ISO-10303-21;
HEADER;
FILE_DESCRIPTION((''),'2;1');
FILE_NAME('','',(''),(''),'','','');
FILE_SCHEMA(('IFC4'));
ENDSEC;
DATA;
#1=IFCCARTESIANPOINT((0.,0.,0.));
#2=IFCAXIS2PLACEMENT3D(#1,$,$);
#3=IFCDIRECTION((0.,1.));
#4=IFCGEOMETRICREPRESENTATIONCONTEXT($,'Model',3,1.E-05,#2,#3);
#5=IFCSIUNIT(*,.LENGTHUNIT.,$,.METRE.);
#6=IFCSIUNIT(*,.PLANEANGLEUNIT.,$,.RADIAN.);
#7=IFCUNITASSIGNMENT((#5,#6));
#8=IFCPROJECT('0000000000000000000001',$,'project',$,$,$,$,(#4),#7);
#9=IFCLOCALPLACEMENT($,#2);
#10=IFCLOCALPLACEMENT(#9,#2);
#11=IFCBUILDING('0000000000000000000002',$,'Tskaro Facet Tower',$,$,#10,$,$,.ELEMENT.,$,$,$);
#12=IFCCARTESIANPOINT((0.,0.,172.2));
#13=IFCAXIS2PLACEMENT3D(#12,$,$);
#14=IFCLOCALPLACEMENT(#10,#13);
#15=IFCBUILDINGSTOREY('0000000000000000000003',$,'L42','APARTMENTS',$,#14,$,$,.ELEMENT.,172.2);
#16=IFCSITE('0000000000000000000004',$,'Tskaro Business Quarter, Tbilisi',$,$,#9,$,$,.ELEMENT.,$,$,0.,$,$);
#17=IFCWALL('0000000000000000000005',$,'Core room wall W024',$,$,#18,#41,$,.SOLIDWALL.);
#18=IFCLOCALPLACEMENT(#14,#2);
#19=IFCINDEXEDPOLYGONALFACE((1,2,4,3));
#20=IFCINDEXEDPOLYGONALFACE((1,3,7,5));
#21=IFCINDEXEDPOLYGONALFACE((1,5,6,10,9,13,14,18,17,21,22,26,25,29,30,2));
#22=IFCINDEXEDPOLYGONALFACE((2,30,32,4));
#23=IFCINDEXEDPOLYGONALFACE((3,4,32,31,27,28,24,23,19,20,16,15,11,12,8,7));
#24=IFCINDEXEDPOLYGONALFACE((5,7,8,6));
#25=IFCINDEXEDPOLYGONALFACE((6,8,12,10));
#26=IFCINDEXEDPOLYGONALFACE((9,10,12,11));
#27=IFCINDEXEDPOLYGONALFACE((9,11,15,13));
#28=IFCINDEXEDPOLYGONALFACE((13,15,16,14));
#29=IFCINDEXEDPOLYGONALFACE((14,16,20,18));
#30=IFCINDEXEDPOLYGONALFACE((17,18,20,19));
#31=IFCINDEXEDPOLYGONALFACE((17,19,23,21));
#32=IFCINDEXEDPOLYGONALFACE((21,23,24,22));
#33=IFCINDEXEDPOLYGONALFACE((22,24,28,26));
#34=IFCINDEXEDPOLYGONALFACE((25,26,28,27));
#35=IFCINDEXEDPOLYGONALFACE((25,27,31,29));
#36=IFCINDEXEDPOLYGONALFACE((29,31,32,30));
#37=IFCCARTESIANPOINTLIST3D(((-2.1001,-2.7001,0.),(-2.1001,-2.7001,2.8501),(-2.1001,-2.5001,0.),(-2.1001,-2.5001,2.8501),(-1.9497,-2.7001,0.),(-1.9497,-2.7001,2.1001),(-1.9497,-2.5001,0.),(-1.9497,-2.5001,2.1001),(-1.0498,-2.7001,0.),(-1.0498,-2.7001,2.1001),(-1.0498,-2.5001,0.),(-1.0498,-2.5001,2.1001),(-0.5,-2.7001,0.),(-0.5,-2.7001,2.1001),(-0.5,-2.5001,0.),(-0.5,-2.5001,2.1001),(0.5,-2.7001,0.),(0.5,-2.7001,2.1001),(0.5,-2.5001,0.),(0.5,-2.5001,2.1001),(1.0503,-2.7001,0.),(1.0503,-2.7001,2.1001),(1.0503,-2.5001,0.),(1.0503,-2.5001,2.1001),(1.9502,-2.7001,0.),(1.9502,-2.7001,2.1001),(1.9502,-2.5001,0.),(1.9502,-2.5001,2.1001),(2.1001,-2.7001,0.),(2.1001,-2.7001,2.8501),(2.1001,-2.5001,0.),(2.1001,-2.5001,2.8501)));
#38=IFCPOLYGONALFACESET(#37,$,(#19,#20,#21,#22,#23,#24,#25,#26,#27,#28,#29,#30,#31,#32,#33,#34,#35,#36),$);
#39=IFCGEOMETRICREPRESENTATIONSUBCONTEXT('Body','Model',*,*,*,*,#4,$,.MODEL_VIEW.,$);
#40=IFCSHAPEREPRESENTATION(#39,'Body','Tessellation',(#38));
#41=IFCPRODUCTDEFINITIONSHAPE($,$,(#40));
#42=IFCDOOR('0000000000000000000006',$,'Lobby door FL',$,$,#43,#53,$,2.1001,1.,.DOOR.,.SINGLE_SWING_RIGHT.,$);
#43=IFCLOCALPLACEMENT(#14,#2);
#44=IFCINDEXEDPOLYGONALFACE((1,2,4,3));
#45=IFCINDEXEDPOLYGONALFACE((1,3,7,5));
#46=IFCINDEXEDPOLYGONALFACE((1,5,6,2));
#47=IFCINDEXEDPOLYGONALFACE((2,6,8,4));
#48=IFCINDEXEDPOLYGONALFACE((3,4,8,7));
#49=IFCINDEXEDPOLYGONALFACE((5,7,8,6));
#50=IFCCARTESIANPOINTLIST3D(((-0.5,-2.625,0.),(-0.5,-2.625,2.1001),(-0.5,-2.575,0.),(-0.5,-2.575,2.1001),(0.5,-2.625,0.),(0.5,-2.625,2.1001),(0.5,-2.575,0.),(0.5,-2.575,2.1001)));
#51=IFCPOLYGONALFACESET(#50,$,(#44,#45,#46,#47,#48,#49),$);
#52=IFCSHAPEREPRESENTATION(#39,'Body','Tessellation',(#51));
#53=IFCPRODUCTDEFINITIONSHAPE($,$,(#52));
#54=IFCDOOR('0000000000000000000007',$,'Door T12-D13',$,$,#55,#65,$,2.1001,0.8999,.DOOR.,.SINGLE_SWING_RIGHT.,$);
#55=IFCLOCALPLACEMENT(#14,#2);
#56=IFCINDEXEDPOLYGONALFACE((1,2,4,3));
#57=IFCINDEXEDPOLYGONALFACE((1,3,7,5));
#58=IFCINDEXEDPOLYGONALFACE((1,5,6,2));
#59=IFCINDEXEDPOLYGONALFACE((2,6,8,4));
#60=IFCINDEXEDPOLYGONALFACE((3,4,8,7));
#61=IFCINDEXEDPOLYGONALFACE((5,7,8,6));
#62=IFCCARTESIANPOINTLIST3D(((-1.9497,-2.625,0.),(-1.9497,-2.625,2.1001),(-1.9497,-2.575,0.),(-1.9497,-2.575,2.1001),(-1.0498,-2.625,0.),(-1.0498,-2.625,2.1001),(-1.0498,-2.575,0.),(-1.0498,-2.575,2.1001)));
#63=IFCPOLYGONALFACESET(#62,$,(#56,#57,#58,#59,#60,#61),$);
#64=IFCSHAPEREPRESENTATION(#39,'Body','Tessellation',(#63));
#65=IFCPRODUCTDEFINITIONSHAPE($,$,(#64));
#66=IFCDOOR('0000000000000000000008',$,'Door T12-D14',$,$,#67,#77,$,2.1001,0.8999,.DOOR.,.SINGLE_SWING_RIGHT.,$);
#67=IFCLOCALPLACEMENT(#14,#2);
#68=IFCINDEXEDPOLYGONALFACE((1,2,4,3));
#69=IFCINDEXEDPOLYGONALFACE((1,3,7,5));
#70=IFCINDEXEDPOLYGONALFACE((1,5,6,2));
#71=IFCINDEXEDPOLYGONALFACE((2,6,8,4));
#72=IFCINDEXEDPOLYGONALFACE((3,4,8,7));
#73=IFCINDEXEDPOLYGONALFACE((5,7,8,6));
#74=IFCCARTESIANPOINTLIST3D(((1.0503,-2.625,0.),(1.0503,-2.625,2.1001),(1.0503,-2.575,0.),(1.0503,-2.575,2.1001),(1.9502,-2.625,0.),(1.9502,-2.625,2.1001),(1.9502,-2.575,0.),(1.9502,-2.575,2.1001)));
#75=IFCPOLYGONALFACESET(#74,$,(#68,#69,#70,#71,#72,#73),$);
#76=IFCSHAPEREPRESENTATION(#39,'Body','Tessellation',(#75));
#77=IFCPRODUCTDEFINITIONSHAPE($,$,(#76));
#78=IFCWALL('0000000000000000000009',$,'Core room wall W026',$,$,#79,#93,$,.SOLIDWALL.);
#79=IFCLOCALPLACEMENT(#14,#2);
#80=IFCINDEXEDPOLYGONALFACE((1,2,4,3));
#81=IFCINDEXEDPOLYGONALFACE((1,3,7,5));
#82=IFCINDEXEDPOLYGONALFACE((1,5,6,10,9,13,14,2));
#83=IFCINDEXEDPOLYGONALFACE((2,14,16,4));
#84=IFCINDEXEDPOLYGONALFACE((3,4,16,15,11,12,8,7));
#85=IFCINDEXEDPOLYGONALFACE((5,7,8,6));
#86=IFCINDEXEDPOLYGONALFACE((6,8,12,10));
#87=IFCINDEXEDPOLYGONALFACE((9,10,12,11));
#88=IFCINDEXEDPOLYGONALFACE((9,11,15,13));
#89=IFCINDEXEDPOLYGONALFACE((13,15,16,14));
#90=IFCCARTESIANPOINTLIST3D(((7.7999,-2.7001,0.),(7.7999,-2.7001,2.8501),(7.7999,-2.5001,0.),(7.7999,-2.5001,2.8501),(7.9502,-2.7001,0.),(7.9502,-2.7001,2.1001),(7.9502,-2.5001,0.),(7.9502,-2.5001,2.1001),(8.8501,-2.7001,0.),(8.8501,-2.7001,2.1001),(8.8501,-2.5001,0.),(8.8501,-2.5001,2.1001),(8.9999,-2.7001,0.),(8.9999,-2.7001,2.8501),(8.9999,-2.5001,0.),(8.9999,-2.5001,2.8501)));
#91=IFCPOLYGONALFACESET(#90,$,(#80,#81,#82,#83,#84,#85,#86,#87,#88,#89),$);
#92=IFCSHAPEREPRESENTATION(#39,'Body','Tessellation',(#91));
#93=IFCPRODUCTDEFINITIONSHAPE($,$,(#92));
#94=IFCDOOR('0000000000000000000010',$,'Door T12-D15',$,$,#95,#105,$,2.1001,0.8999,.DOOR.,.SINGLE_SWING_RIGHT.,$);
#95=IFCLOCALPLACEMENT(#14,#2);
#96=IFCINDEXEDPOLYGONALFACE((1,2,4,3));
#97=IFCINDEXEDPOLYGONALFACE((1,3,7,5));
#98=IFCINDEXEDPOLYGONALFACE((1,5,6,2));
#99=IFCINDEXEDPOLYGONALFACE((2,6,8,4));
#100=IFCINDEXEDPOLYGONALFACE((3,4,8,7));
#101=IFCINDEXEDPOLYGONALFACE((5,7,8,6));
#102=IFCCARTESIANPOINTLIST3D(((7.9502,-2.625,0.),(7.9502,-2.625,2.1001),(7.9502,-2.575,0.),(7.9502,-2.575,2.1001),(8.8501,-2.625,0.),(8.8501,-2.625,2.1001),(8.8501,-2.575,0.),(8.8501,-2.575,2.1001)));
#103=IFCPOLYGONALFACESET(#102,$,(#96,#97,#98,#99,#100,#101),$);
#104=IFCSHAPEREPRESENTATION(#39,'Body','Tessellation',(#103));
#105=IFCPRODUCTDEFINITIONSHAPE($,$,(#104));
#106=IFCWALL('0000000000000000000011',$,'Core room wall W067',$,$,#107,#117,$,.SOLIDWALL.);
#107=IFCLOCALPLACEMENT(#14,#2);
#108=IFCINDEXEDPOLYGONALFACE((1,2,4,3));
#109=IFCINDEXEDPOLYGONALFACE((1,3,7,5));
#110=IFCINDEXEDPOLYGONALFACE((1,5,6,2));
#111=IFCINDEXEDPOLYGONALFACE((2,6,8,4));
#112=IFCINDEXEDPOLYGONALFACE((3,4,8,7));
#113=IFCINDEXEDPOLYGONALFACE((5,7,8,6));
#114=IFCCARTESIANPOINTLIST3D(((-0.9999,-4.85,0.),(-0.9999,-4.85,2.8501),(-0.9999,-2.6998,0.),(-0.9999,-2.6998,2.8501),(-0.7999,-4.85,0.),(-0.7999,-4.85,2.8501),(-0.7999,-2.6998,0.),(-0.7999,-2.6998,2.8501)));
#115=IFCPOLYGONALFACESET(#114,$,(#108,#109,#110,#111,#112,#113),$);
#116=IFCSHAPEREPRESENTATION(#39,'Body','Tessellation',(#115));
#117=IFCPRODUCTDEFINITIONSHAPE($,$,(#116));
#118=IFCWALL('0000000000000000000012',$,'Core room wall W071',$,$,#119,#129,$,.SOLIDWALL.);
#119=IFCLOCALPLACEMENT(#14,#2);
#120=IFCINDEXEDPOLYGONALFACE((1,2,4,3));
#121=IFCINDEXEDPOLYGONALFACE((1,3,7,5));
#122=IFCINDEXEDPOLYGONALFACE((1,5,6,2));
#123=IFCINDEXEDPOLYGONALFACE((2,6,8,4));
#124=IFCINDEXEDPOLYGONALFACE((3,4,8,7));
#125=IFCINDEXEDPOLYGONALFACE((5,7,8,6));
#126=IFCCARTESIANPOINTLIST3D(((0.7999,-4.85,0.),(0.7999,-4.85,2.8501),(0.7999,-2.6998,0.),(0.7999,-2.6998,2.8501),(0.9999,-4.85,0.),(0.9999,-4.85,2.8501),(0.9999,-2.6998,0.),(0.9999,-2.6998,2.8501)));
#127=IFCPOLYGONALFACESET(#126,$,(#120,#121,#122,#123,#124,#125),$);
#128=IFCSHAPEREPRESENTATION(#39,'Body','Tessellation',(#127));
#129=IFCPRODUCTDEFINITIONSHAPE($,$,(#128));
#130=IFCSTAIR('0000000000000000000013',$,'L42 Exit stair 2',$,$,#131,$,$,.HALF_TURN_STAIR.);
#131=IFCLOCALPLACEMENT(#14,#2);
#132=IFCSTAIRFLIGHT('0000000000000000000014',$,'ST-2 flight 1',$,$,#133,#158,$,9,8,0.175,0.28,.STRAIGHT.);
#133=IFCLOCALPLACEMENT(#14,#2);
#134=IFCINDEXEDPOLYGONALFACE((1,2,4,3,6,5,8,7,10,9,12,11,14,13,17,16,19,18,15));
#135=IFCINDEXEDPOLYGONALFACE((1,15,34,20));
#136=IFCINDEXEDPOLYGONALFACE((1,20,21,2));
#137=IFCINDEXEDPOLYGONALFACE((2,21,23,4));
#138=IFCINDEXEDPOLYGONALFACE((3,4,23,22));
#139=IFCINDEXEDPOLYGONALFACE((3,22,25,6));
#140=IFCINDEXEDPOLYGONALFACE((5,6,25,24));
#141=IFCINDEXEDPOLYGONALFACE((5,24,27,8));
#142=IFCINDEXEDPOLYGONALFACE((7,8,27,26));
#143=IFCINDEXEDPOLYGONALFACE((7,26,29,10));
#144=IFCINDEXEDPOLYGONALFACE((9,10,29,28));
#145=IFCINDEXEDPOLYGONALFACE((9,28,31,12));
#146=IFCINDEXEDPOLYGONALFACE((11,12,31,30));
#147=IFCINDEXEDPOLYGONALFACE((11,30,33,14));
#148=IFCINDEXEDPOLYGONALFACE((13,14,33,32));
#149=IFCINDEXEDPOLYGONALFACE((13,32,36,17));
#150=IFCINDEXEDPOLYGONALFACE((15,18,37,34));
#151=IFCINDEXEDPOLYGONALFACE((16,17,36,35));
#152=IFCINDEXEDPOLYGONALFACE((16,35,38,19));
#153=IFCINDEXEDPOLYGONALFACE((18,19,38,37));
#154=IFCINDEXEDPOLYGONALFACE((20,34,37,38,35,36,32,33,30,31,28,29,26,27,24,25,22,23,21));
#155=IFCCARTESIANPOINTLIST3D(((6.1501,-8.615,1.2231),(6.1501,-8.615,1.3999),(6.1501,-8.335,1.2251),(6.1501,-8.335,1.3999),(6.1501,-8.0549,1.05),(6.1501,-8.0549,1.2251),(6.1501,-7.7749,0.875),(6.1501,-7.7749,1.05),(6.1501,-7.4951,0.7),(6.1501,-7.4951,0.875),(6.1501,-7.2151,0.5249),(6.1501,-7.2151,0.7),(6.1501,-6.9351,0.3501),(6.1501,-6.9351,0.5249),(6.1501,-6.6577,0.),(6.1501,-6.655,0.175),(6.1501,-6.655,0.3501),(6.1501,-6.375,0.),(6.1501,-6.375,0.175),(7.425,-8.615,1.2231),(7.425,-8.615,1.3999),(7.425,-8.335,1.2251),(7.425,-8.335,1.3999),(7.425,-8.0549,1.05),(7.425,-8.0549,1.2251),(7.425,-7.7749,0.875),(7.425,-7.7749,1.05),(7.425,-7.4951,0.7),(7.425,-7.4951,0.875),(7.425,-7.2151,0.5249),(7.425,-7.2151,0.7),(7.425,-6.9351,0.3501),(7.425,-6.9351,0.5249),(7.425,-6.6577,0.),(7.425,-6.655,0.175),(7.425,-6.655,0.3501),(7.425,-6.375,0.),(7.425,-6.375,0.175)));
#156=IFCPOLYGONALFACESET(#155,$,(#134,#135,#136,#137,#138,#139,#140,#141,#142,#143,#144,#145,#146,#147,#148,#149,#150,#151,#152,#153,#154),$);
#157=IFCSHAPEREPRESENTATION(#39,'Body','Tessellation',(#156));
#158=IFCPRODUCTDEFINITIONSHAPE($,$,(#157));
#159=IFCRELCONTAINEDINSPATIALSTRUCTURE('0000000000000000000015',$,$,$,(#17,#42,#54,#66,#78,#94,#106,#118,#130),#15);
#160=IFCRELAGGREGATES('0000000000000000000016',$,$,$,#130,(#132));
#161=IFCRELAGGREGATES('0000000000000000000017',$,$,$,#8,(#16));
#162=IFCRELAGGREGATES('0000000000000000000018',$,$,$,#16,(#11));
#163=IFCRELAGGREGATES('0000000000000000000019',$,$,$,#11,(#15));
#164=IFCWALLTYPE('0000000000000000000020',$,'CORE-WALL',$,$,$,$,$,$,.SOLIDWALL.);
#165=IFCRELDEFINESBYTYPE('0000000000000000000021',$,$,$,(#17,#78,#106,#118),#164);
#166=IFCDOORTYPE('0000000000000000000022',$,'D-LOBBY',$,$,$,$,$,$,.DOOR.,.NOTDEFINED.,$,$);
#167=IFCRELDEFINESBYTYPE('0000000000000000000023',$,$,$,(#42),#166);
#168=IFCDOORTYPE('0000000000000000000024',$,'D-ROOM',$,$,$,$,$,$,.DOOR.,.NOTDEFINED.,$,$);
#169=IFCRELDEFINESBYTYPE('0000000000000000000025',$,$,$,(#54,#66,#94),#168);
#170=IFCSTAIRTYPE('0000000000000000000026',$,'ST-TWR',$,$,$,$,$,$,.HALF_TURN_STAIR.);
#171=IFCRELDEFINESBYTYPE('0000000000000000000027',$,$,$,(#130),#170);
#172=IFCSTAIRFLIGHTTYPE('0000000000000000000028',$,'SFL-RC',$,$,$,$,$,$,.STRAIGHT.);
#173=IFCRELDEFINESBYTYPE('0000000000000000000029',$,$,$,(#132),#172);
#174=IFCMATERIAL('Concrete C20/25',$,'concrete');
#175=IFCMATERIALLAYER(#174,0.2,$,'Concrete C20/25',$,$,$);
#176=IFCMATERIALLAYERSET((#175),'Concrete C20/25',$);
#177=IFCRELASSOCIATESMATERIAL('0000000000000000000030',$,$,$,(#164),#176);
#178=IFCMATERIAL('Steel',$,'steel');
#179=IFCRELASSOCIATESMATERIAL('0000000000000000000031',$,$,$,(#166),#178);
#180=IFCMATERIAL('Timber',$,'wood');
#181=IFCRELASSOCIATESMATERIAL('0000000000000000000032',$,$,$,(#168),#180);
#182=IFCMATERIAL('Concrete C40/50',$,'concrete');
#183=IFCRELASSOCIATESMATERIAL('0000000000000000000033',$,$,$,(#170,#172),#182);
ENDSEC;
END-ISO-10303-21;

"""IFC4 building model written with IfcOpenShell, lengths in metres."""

from ifc_helpers import new_model, si_unit, direction, frame, frame_2d, origin, place, context, subcontext, project, spatial, polyline, rectangle, outline, extrude, material, layer, layer_set, type_object, element, fill, aggregate, save


model = new_model("IFC4")

# Units and contexts
model_context = context("Model", 3, precision=1e-05, world=origin(), true_north=direction((0.0, 1.0)))
body_context = subcontext(model_context, "Body", "Model", "MODEL_VIEW")
ifc_project = project(units=[si_unit("LENGTHUNIT", "METRE"), si_unit("PLANEANGLEUNIT", "RADIAN")], contexts=[model_context])

# Site, building, storey
site_placement = place(None, origin())
site = spatial("IfcSite", under=ifc_project, at=site_placement, Name="Tskaro Business Quarter, Tbilisi", CompositionType="ELEMENT", RefElevation=0.0)
building_placement = place(site_placement, origin())
building = spatial("IfcBuilding", under=site, at=building_placement, Name="Tskaro Facet Tower", CompositionType="ELEMENT")
storey_placement = place(building_placement, frame((0.0, 0.0, 172.2)))
storey = spatial("IfcBuildingStorey", under=building, at=storey_placement, Name="L42", Description="APARTMENTS", CompositionType="ELEMENT", Elevation=172.2)

# Shared definitions
ifc_material_1 = material(Name="Steel", Category="steel")

# Shared definitions
ifc_material_2 = material(Name="Concrete C20/25", Category="concrete")
ifc_layer_1 = layer(ifc_material_2, 0.2, Name="Concrete C20/25")
ifc_layer_set_1 = layer_set([ifc_layer_1], Name="Concrete C20/25")
wall_type_1 = type_object("IfcWallType", Name="CORE-WALL", PredefinedType="SOLIDWALL", material=ifc_layer_set_1)

# Wall, openings, doors
wall_1_placement = place(storey_placement, frame((2.1001, -2.6001, 0.0), z_axis=(0.0, 0.0, 1.0), x_axis=(-1.0, 0.0, 0.0)))
wall_1 = element("IfcWall", 1, at=wall_1_placement, inside=storey, type_object=wall_type_1, Name="Core room wall W024", PredefinedType="SOLIDWALL", context=body_context, shape_type="SweptSolid", body=[
    extrude(rectangle(XDim=4.2002, YDim=0.2, at=frame_2d((2.1001, 0.0))), origin(), (0.0, 0.0, 1.0), 2.8501),
])
opening_1_placement = place(wall_1_placement, frame((1.6001, 0.0, 0.0)))
opening_1 = element("IfcOpeningElement", 2, at=opening_1_placement, cuts=wall_1, PredefinedType="OPENING", context=body_context, shape_type="SweptSolid", body=[
    extrude(rectangle(XDim=1.0, YDim=2.1001, at=frame_2d((0.5, 1.05))), frame((0.0, 0.1099, 0.0), z_axis=(0.0, -1.0, 0.0), x_axis=(1.0, 0.0, 0.0)), (0.0, 0.0, 1.0), 0.22),
])
opening_2_placement = place(wall_1_placement, frame((3.1499, 0.0, 0.0)))
opening_2 = element("IfcOpeningElement", 3, at=opening_2_placement, cuts=wall_1, PredefinedType="OPENING", context=body_context, shape_type="SweptSolid", body=[
    extrude(rectangle(XDim=0.8999, YDim=2.1001, at=frame_2d((0.45, 1.05))), frame((0.0, 0.1099, 0.0), z_axis=(0.0, -1.0, 0.0), x_axis=(1.0, 0.0, 0.0)), (0.0, 0.0, 1.0), 0.22),
])
opening_3_placement = place(wall_1_placement, frame((0.1499, 0.0, 0.0)))
opening_3 = element("IfcOpeningElement", 4, at=opening_3_placement, cuts=wall_1, PredefinedType="OPENING", context=body_context, shape_type="SweptSolid", body=[
    extrude(rectangle(XDim=0.8999, YDim=2.1001, at=frame_2d((0.45, 1.05))), frame((0.0, 0.1099, 0.0), z_axis=(0.0, -1.0, 0.0), x_axis=(1.0, 0.0, 0.0)), (0.0, 0.0, 1.0), 0.22),
])
door_type_1 = type_object("IfcDoorType", Name="D-LOBBY", OperationType="NOTDEFINED", PredefinedType="DOOR", material=ifc_material_1)
door_1_placement = place(opening_1_placement, origin())
door_1 = element("IfcDoor", 5, at=door_1_placement, inside=storey, type_object=door_type_1, Name="Lobby door FL", OperationType="SINGLE_SWING_RIGHT", OverallHeight=2.1001, OverallWidth=1.0, PredefinedType="DOOR", context=body_context, shape_type="SweptSolid", body=[
    extrude(rectangle(XDim=1.0, YDim=2.1001, at=frame_2d((0.5, 1.05))), frame((0.0, 0.0249, 0.0), z_axis=(0.0, -1.0, 0.0), x_axis=(1.0, 0.0, 0.0)), (0.0, 0.0, 1.0), 0.05),
])
fill(opening_1, door_1)
ifc_material_3 = material(Name="Timber", Category="wood")
door_type_2 = type_object("IfcDoorType", Name="D-ROOM", OperationType="NOTDEFINED", PredefinedType="DOOR", material=ifc_material_3)
door_2_placement = place(opening_2_placement, origin())
door_2 = element("IfcDoor", 6, at=door_2_placement, inside=storey, type_object=door_type_2, Name="Door T12-D13", OperationType="SINGLE_SWING_RIGHT", OverallHeight=2.1001, OverallWidth=0.8999, PredefinedType="DOOR", context=body_context, shape_type="SweptSolid", body=[
    extrude(rectangle(XDim=0.8999, YDim=2.1001, at=frame_2d((0.45, 1.05))), frame((0.0, 0.0249, 0.0), z_axis=(0.0, -1.0, 0.0), x_axis=(1.0, 0.0, 0.0)), (0.0, 0.0, 1.0), 0.05),
])
fill(opening_2, door_2)
door_3_placement = place(opening_3_placement, origin())
door_3 = element("IfcDoor", 7, at=door_3_placement, inside=storey, type_object=door_type_2, Name="Door T12-D14", OperationType="SINGLE_SWING_RIGHT", OverallHeight=2.1001, OverallWidth=0.8999, PredefinedType="DOOR", context=body_context, shape_type="SweptSolid", body=[
    extrude(rectangle(XDim=0.8999, YDim=2.1001, at=frame_2d((0.45, 1.05))), frame((0.0, 0.0249, 0.0), z_axis=(0.0, -1.0, 0.0), x_axis=(1.0, 0.0, 0.0)), (0.0, 0.0, 1.0), 0.05),
])
fill(opening_3, door_3)

# Wall, opening, door
wall_2_placement = place(storey_placement, frame((9.0, -2.6001, 0.0), z_axis=(0.0, 0.0, 1.0), x_axis=(-1.0, 0.0, 0.0)))
wall_2 = element("IfcWall", 8, at=wall_2_placement, inside=storey, type_object=wall_type_1, Name="Core room wall W026", PredefinedType="SOLIDWALL", context=body_context, shape_type="SweptSolid", body=[
    extrude(rectangle(XDim=1.2, YDim=0.2, at=frame_2d((0.6001, 0.0))), origin(), (0.0, 0.0, 1.0), 2.8501),
])
opening_4_placement = place(wall_2_placement, frame((0.1499, 0.0, 0.0)))
opening_4 = element("IfcOpeningElement", 9, at=opening_4_placement, cuts=wall_2, PredefinedType="OPENING", context=body_context, shape_type="SweptSolid", body=[
    extrude(rectangle(XDim=0.8999, YDim=2.1001, at=frame_2d((0.45, 1.05))), frame((0.0, 0.1099, 0.0), z_axis=(0.0, -1.0, 0.0), x_axis=(1.0, 0.0, 0.0)), (0.0, 0.0, 1.0), 0.22),
])
door_4_placement = place(opening_4_placement, origin())
door_4 = element("IfcDoor", 10, at=door_4_placement, inside=storey, type_object=door_type_2, Name="Door T12-D15", OperationType="SINGLE_SWING_RIGHT", OverallHeight=2.1001, OverallWidth=0.8999, PredefinedType="DOOR", context=body_context, shape_type="SweptSolid", body=[
    extrude(rectangle(XDim=0.8999, YDim=2.1001, at=frame_2d((0.45, 1.05))), frame((0.0, 0.0249, 0.0), z_axis=(0.0, -1.0, 0.0), x_axis=(1.0, 0.0, 0.0)), (0.0, 0.0, 1.0), 0.05),
])
fill(opening_4, door_4)

# Walls
for number, where, z_axis, x_axis, name in (
    (11, (-0.8999, -4.8501, 0.0), (0.0, 0.0, 1.0), (0.0, 1.0, 0.0), "Core room wall W067"),
    (12, (0.8999, -4.8501, 0.0), (0.0, 0.0, 1.0), (0.0, 1.0, 0.0), "Core room wall W071"),
):
    element("IfcWall", number, at=place(storey_placement, frame(where, z_axis=z_axis, x_axis=x_axis)), inside=storey, type_object=wall_type_1, Name=name, PredefinedType="SOLIDWALL", context=body_context, shape_type="SweptSolid", body=[
        extrude(rectangle(XDim=2.1501, YDim=0.2, at=frame_2d((1.0752, 0.0))), origin(), (0.0, 0.0, 1.0), 2.8501),
    ])

# Stair, stair flight
ifc_material_4 = material(Name="Concrete C40/50", Category="concrete")
stair_type = type_object("IfcStairType", Name="ST-TWR", PredefinedType="HALF_TURN_STAIR", material=ifc_material_4)
stair_placement = place(storey_placement, origin())
stair = element("IfcStair", 13, at=stair_placement, inside=storey, type_object=stair_type, Name="L42 Exit stair 2", PredefinedType="HALF_TURN_STAIR")
stair_flight_type = type_object("IfcStairFlightType", Name="SFL-RC", PredefinedType="STRAIGHT", material=ifc_material_4)
stair_flight_1_placement = place(storey_placement, frame((6.7876, -6.375, 0.0), z_axis=(0.0, 0.0, 1.0), x_axis=(0.0, -1.0, 0.0)))
stair_flight_1 = element("IfcStairFlight", 14, at=stair_flight_1_placement, type_object=stair_flight_type, Name="ST-2 flight 1", NumberOfRisers=9, NumberOfTreads=8, PredefinedType="STRAIGHT", RiserHeight=0.175, TreadLength=0.28, context=body_context, shape_type="SweptSolid", body=[
    extrude(outline(polyline([(0.0, 0.0), (0.0, 0.175), (0.28, 0.175), (0.28, 0.3501), (0.5601, 0.3501), (0.5601, 0.5249), (0.8401, 0.5249), (0.8401, 0.7), (1.1201, 0.7), (1.1201, 0.875), (1.3999, 0.875), (1.3999, 1.05), (1.6799, 1.05), (1.6799, 1.2251), (1.96, 1.2251), (1.96, 1.3999), (2.24, 1.3999), (2.24, 1.575), (2.24, 1.2231), (0.2827, 0.0), (0.0, 0.0)])), frame((0.0, 0.6375, 0.0), z_axis=(0.0, -1.0, 0.0), x_axis=(1.0, 0.0, 0.0)), (0.0, 0.0, 1.0), 1.2749),
])
aggregate(stair, [stair_flight_1])

save(model, "model.ifc")
